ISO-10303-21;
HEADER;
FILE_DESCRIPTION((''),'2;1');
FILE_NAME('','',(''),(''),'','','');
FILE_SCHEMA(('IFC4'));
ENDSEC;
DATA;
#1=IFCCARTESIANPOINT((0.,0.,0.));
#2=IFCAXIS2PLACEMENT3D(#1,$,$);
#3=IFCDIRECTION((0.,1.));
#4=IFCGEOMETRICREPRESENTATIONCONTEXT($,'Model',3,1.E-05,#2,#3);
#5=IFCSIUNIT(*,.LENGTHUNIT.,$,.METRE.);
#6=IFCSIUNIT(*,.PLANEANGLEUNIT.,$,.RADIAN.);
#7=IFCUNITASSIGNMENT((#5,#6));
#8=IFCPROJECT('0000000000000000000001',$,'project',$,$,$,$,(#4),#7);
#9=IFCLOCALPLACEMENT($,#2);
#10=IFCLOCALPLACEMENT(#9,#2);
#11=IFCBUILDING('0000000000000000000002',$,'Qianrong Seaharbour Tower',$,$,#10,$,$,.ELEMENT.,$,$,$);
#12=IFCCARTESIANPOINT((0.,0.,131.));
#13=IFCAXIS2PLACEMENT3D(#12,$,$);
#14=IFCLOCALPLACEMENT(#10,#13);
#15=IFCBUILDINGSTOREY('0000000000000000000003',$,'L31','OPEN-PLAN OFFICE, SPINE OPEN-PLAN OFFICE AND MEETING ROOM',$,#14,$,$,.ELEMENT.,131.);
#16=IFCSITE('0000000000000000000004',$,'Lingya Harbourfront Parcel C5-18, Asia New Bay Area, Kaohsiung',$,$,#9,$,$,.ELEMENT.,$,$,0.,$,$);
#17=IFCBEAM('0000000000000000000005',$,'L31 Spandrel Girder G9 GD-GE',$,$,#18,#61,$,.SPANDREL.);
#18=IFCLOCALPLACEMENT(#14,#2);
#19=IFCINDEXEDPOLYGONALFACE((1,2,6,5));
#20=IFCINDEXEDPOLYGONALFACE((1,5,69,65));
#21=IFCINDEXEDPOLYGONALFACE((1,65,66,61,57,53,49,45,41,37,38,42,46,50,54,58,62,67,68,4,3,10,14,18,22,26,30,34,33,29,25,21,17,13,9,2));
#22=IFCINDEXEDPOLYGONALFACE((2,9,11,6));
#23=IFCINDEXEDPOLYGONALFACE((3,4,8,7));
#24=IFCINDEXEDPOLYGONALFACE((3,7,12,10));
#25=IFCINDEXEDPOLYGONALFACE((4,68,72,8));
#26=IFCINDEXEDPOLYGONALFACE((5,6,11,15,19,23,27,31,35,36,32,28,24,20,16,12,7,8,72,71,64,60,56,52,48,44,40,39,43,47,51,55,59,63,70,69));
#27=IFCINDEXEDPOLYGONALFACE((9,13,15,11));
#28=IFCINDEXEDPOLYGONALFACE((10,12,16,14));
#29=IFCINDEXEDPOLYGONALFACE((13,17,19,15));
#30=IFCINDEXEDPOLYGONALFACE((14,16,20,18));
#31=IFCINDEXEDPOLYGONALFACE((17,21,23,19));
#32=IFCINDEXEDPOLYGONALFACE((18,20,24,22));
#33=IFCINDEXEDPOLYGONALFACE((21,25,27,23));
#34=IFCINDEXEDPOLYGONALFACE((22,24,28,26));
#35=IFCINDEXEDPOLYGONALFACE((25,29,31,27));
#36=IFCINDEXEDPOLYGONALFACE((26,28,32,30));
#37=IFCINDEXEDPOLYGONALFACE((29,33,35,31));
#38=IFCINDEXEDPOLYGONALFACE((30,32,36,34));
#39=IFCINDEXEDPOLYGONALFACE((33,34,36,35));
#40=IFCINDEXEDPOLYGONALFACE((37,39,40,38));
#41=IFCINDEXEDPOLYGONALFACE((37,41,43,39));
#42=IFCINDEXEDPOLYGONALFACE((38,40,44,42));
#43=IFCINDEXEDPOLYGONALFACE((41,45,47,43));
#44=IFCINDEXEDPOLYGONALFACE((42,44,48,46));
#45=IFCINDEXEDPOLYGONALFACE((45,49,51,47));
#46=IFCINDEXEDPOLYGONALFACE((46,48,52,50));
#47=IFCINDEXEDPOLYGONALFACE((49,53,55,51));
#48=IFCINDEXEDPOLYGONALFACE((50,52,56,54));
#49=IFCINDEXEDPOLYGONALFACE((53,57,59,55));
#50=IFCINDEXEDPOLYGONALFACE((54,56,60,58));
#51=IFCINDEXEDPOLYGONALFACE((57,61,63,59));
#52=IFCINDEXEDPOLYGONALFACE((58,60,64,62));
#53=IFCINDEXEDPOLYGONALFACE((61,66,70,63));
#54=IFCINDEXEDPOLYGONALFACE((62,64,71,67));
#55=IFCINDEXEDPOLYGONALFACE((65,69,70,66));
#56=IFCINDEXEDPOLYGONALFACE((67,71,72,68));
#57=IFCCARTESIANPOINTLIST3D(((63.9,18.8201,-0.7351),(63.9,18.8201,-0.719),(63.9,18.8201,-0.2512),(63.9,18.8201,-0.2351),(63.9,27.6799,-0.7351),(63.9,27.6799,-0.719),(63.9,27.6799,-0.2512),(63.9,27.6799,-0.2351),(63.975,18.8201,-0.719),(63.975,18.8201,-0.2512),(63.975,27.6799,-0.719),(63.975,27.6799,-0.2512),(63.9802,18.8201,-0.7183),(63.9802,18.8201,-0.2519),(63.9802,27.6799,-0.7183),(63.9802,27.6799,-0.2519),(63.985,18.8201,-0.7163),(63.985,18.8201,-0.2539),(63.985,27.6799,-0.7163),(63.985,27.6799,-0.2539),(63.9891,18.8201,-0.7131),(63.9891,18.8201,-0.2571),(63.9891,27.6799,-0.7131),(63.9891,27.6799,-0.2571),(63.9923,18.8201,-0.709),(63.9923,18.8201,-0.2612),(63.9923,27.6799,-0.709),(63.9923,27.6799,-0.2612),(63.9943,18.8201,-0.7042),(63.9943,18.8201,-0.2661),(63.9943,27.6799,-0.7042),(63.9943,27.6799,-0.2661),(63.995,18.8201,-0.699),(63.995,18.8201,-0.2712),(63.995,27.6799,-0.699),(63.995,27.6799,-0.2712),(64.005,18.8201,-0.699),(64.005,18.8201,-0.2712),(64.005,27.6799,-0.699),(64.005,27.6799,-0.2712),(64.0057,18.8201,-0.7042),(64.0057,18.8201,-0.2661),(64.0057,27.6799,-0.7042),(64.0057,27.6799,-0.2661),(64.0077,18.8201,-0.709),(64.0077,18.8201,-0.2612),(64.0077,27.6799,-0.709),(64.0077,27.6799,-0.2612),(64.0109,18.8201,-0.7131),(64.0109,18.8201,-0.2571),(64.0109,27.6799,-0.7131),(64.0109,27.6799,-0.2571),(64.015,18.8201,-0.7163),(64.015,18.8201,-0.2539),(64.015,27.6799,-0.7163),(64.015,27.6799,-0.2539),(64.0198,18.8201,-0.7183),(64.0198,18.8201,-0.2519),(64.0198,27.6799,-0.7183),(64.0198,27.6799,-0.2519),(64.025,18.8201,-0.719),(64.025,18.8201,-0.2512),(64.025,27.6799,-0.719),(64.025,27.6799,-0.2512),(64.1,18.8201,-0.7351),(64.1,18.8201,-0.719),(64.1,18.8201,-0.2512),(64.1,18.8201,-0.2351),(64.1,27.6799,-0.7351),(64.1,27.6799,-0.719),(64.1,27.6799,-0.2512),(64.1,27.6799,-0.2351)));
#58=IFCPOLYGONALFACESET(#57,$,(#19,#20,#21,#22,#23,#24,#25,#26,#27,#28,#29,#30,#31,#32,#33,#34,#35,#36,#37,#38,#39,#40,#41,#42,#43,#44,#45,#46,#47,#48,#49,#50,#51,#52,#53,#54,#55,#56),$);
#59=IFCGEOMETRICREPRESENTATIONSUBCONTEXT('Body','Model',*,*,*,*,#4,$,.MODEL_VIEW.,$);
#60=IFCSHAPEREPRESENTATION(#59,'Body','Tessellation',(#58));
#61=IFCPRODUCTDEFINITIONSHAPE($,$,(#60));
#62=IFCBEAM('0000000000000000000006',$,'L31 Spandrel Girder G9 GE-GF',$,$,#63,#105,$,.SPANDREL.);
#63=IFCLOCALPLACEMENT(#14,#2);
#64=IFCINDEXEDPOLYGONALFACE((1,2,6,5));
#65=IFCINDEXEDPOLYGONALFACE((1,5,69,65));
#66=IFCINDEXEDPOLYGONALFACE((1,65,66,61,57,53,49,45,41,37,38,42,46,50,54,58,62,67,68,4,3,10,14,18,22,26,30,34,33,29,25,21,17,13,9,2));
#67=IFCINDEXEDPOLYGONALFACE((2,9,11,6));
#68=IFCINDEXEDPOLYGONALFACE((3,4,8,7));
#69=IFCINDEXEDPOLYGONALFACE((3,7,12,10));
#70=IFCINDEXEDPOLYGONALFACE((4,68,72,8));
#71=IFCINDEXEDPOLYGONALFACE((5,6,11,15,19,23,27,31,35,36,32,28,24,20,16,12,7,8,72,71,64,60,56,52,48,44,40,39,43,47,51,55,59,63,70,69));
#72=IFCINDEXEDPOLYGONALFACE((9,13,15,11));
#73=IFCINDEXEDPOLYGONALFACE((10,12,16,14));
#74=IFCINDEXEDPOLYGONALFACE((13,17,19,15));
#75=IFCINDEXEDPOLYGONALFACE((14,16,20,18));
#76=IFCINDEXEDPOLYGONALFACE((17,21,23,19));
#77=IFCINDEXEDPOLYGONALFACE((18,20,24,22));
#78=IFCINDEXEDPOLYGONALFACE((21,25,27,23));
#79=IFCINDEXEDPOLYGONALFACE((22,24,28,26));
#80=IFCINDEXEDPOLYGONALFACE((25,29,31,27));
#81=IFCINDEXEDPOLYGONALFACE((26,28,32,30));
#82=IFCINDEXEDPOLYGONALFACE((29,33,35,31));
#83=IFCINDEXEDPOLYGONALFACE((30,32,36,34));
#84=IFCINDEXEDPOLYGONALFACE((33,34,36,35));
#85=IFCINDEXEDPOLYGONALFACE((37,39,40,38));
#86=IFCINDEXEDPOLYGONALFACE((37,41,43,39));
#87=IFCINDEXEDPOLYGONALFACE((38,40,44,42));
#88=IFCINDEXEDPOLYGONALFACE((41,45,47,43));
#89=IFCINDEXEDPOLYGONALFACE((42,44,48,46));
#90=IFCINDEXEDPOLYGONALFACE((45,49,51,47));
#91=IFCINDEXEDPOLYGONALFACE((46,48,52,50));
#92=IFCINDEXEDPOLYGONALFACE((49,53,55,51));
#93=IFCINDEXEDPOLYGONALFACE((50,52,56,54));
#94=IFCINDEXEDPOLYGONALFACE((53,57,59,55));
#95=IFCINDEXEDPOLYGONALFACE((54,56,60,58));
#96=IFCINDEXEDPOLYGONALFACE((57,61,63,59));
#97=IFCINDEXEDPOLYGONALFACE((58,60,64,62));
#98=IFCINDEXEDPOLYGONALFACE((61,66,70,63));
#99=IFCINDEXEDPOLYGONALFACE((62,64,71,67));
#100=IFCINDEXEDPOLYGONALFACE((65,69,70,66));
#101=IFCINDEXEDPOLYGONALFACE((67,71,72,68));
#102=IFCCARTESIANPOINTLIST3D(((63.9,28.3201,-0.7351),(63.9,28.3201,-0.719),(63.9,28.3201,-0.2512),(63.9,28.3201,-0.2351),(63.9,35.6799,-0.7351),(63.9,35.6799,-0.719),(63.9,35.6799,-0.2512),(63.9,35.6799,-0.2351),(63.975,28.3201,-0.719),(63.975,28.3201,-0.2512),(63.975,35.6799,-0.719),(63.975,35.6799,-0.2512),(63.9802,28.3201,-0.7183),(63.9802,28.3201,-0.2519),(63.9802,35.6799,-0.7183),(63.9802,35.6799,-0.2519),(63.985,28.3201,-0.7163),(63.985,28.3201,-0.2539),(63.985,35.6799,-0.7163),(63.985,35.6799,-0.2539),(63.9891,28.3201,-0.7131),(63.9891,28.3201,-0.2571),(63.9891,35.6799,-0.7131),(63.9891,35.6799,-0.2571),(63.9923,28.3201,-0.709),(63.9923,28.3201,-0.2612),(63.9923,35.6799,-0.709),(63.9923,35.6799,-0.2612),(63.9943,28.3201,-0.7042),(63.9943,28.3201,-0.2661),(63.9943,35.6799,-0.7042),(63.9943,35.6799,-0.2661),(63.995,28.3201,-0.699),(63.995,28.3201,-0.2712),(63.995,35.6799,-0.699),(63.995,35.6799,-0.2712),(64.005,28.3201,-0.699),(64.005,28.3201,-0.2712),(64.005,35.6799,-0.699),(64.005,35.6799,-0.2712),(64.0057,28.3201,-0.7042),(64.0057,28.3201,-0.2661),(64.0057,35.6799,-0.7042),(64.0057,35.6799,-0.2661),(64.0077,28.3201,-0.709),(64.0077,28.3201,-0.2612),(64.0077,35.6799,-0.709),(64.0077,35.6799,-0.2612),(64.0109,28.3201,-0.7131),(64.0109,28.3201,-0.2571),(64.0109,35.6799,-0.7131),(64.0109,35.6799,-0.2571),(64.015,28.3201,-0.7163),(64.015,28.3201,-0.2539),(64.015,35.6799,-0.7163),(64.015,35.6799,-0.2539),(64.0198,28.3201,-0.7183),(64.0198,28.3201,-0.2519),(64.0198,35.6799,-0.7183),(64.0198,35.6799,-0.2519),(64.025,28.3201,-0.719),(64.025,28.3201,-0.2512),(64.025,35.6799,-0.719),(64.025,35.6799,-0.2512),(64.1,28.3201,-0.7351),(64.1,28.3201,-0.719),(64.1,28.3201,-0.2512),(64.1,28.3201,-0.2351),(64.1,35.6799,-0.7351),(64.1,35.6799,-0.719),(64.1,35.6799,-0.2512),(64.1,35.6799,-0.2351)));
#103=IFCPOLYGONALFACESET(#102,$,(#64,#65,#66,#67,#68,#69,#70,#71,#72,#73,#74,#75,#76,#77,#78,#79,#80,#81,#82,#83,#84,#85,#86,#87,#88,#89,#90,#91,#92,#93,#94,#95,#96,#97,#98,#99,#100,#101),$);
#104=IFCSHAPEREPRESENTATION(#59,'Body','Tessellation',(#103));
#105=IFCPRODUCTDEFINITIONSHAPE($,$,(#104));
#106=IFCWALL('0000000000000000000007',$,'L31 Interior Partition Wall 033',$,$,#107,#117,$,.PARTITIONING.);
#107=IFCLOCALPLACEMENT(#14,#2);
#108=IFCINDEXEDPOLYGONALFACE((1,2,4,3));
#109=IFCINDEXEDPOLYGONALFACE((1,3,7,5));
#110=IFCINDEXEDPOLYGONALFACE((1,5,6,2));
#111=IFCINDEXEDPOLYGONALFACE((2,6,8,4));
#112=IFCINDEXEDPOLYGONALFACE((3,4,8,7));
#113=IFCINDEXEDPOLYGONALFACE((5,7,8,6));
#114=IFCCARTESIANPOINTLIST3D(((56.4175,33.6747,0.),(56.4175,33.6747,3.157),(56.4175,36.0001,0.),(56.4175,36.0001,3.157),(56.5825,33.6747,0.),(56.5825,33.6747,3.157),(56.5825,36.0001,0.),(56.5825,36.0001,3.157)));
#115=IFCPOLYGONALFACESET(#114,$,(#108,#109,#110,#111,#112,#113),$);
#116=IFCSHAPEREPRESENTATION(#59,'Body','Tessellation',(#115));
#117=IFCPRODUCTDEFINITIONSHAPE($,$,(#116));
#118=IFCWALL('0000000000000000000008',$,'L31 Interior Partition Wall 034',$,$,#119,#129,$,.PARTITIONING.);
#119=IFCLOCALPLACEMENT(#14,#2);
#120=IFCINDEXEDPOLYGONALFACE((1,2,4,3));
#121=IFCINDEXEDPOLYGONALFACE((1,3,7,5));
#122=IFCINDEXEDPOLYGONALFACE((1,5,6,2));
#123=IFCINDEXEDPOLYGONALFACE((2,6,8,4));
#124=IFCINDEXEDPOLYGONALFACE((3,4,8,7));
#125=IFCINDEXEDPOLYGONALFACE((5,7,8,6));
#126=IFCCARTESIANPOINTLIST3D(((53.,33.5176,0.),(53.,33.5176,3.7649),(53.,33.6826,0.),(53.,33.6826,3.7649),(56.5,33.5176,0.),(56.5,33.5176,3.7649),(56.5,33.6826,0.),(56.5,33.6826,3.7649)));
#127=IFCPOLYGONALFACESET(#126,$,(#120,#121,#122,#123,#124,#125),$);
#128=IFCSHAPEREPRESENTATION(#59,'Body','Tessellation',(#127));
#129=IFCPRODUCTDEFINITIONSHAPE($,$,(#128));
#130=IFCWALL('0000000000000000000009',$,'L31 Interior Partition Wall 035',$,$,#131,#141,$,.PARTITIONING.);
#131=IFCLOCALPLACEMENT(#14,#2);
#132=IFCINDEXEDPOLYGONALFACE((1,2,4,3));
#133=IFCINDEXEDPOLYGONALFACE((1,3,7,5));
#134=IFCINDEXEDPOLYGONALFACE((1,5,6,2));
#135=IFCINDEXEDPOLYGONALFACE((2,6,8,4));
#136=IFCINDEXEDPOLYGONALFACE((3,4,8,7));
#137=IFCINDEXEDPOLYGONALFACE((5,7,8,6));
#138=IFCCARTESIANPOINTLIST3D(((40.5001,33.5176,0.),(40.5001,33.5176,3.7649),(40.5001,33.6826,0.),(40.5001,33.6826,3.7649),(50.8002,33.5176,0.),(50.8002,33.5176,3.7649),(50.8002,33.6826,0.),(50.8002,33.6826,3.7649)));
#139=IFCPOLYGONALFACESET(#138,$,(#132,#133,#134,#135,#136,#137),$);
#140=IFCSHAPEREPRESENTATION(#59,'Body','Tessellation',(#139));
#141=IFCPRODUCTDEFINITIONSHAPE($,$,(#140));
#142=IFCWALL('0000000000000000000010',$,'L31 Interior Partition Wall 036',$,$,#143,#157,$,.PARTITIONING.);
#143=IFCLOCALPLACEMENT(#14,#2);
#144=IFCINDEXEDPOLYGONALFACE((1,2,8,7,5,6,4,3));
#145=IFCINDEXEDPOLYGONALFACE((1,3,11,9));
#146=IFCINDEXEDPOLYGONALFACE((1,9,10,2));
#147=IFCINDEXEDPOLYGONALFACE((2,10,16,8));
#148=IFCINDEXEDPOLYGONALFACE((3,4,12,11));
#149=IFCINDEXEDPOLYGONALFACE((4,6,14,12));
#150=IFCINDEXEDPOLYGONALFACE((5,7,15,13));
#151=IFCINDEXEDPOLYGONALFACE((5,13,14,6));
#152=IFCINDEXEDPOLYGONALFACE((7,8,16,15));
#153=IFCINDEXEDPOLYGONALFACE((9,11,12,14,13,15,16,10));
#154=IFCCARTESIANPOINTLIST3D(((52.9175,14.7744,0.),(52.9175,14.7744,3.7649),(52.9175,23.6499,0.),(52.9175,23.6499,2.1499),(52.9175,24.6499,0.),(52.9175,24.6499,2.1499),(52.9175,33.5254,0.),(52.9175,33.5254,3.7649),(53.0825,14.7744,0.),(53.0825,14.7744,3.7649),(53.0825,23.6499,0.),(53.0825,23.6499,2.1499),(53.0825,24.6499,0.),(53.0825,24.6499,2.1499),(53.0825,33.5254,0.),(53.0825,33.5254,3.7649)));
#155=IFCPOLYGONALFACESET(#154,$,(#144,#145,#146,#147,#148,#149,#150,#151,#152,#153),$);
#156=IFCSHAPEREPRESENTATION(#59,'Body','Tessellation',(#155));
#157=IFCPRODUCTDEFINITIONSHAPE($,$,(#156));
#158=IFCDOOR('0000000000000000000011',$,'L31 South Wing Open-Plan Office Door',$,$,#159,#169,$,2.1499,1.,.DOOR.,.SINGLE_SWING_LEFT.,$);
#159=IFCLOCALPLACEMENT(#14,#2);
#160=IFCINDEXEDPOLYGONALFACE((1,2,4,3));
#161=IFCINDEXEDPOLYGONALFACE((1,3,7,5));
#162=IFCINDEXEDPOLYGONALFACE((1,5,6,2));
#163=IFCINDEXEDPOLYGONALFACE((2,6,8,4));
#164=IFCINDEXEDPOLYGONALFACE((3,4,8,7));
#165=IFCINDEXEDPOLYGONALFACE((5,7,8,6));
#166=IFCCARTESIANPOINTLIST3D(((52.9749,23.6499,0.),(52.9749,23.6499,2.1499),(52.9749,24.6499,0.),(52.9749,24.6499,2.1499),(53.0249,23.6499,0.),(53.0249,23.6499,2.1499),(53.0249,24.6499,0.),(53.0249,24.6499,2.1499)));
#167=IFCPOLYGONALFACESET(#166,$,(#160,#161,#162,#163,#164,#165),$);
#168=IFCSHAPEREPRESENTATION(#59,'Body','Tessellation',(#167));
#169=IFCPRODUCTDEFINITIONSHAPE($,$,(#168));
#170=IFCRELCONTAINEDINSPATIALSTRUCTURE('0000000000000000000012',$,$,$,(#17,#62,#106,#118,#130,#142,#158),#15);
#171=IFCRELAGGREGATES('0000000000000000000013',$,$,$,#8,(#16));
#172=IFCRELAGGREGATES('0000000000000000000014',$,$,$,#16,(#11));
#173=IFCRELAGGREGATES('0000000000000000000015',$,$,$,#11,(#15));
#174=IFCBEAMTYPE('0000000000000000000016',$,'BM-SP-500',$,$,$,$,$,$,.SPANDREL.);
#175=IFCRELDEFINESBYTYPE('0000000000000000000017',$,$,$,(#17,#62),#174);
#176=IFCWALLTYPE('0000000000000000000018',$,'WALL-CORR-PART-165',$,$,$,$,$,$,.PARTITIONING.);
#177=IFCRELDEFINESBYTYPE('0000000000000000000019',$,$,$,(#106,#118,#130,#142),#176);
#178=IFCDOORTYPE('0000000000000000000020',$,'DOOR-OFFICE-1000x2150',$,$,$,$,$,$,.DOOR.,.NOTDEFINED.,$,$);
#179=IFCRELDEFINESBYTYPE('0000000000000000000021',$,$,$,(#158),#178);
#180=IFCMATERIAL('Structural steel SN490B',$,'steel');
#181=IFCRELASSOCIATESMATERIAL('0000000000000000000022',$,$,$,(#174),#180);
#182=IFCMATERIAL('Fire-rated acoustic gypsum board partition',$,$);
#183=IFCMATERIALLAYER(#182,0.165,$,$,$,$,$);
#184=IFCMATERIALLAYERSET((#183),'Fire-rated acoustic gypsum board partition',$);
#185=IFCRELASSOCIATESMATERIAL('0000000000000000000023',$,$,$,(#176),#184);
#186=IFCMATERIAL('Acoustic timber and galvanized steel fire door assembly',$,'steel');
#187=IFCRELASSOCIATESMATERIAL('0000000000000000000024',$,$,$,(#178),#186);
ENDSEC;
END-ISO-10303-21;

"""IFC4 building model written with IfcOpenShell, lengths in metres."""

from ifc_helpers import new_model, si_unit, direction, frame, frame_2d, origin, origin_2d, place, context, subcontext, project, spatial, rectangle, i_section, extrude, material, layer, layer_set, material_profile, profile_set, type_object, element, fill, save


model = new_model("IFC4")

# Units and contexts
model_context = context("Model", 3, precision=1e-05, world=origin(), true_north=direction((0.0, 1.0)))
body_context = subcontext(model_context, "Body", "Model", "MODEL_VIEW")
ifc_project = project(units=[si_unit("LENGTHUNIT", "METRE"), si_unit("PLANEANGLEUNIT", "RADIAN")], contexts=[model_context])

# Site, building, storey
site_placement = place(None, origin())
site = spatial("IfcSite", under=ifc_project, at=site_placement, Name="Lingya Harbourfront Parcel C5-18, Asia New Bay Area, Kaohsiung", CompositionType="ELEMENT", RefElevation=0.0)
building_placement = place(site_placement, origin())
building = spatial("IfcBuilding", under=site, at=building_placement, Name="Qianrong Seaharbour Tower", CompositionType="ELEMENT")
storey_placement = place(building_placement, frame((0.0, 0.0, 131.0)))
storey = spatial("IfcBuildingStorey", under=building, at=storey_placement, Name="L31", Description="OPEN-PLAN OFFICE, SPINE OPEN-PLAN OFFICE AND MEETING ROOM", CompositionType="ELEMENT", Elevation=131.0)

# Shared definitions
ifc_material_1 = material(Name="Structural steel SN490B", Category="steel")

# Beams
ifc_material_profile_1 = material_profile(ifc_material_1, i_section(OverallWidth=0.2, OverallDepth=0.5, WebThickness=0.01, FlangeThickness=0.0161, FilletRadius=0.02, at=origin_2d()), Name="H500x200x10x16")
ifc_profile_set_1 = profile_set([ifc_material_profile_1], Name="Structural steel SN490B")
beam_type_1 = type_object("IfcBeamType", Name="BM-SP-500", PredefinedType="SPANDREL", material=ifc_profile_set_1)
beam_1_placement = place(storey_placement, frame((64.0, 18.8201, -0.4851), z_axis=(0.0, 1.0, 0.0), x_axis=(-1.0, 0.0, 0.0)))
element("IfcBeam", 1, at=beam_1_placement, inside=storey, type_object=beam_type_1, Name="L31 Spandrel Girder G9 GD-GE", PredefinedType="SPANDREL", context=body_context, shape_type="SweptSolid", body=[
    extrude(i_section(OverallWidth=0.2, OverallDepth=0.5, WebThickness=0.01, FlangeThickness=0.0161, FilletRadius=0.02, at=origin_2d()), origin(), (0.0, 0.0, 1.0), 8.8599),
])
beam_2_placement = place(storey_placement, frame((64.0, 28.3201, -0.4851), z_axis=(0.0, 1.0, 0.0), x_axis=(-1.0, 0.0, 0.0)))
element("IfcBeam", 2, at=beam_2_placement, inside=storey, type_object=beam_type_1, Name="L31 Spandrel Girder G9 GE-GF", PredefinedType="SPANDREL", context=body_context, shape_type="SweptSolid", body=[
    extrude(i_section(OverallWidth=0.2, OverallDepth=0.5, WebThickness=0.01, FlangeThickness=0.0161, FilletRadius=0.02, at=origin_2d()), origin(), (0.0, 0.0, 1.0), 7.3599),
])

# Walls
ifc_material_2 = material(Name="Fire-rated acoustic gypsum board partition")
ifc_layer_1 = layer(ifc_material_2, 0.165)
ifc_layer_set_1 = layer_set([ifc_layer_1], Name="Fire-rated acoustic gypsum board partition")
wall_type_1 = type_object("IfcWallType", Name="WALL-CORR-PART-165", PredefinedType="PARTITIONING", material=ifc_layer_set_1)
wall_1_placement = place(storey_placement, frame((56.5, 36.0, 0.0), z_axis=(0.0, 0.0, 1.0), x_axis=(0.0, -1.0, 0.0)))
element("IfcWall", 3, at=wall_1_placement, inside=storey, type_object=wall_type_1, Name="L31 Interior Partition Wall 033", PredefinedType="PARTITIONING", context=body_context, shape_type="SweptSolid", body=[
    extrude(rectangle(XDim=2.3254, YDim=0.165, at=frame_2d((1.1626, 0.0))), origin(), (0.0, 0.0, 1.0), 3.157),
])
wall_2_placement = place(storey_placement, frame((56.5, 33.6001, 0.0), z_axis=(0.0, 0.0, 1.0), x_axis=(-1.0, 0.0, 0.0)))
element("IfcWall", 4, at=wall_2_placement, inside=storey, type_object=wall_type_1, Name="L31 Interior Partition Wall 034", PredefinedType="PARTITIONING", context=body_context, shape_type="SweptSolid", body=[
    extrude(rectangle(XDim=3.5, YDim=0.165, at=frame_2d((1.75, 0.0))), origin(), (0.0, 0.0, 1.0), 3.7649),
])
wall_3_placement = place(storey_placement, frame((50.8, 33.6001, 0.0), z_axis=(0.0, 0.0, 1.0), x_axis=(-1.0, 0.0, 0.0)))
element("IfcWall", 5, at=wall_3_placement, inside=storey, type_object=wall_type_1, Name="L31 Interior Partition Wall 035", PredefinedType="PARTITIONING", context=body_context, shape_type="SweptSolid", body=[
    extrude(rectangle(XDim=10.3, YDim=0.165, at=frame_2d((5.1499, 0.0))), origin(), (0.0, 0.0, 1.0), 3.7649),
])

# Wall, opening, door
wall_4_placement = place(storey_placement, frame((53.0, 33.5254, 0.0), z_axis=(0.0, 0.0, 1.0), x_axis=(0.0, -1.0, 0.0)))
wall_4 = element("IfcWall", 6, at=wall_4_placement, inside=storey, type_object=wall_type_1, Name="L31 Interior Partition Wall 036", PredefinedType="PARTITIONING", context=body_context, shape_type="SweptSolid", body=[
    extrude(rectangle(XDim=18.751, YDim=0.165, at=frame_2d((9.3755, 0.0))), origin(), (0.0, 0.0, 1.0), 3.7649),
])
opening_1_placement = place(wall_4_placement, frame((8.8755, 0.0, 0.0)))
opening_1 = element("IfcOpeningElement", 7, at=opening_1_placement, cuts=wall_4, PredefinedType="OPENING", context=body_context, shape_type="SweptSolid", body=[
    extrude(rectangle(XDim=1.0, YDim=2.1499, at=frame_2d((0.5, 1.075))), frame((0.0, 0.0925, 0.0), z_axis=(0.0, -1.0, 0.0), x_axis=(1.0, 0.0, 0.0)), (0.0, 0.0, 1.0), 0.1851),
])
ifc_material_3 = material(Name="Acoustic timber and galvanized steel fire door assembly", Category="steel")
door_type = type_object("IfcDoorType", Name="DOOR-OFFICE-1000x2150", OperationType="NOTDEFINED", PredefinedType="DOOR", material=ifc_material_3)
door_placement = place(opening_1_placement, origin())
door = element("IfcDoor", 8, at=door_placement, inside=storey, type_object=door_type, Name="L31 South Wing Open-Plan Office Door", OperationType="SINGLE_SWING_LEFT", OverallHeight=2.1499, OverallWidth=1.0, PredefinedType="DOOR", context=body_context, shape_type="SweptSolid", body=[
    extrude(rectangle(XDim=1.0, YDim=2.1499, at=frame_2d((0.5, 1.075))), frame((0.0, 0.0249, 0.0), z_axis=(0.0, -1.0, 0.0), x_axis=(1.0, 0.0, 0.0)), (0.0, 0.0, 1.0), 0.05),
])
fill(opening_1, door)

save(model, "model.ifc")
